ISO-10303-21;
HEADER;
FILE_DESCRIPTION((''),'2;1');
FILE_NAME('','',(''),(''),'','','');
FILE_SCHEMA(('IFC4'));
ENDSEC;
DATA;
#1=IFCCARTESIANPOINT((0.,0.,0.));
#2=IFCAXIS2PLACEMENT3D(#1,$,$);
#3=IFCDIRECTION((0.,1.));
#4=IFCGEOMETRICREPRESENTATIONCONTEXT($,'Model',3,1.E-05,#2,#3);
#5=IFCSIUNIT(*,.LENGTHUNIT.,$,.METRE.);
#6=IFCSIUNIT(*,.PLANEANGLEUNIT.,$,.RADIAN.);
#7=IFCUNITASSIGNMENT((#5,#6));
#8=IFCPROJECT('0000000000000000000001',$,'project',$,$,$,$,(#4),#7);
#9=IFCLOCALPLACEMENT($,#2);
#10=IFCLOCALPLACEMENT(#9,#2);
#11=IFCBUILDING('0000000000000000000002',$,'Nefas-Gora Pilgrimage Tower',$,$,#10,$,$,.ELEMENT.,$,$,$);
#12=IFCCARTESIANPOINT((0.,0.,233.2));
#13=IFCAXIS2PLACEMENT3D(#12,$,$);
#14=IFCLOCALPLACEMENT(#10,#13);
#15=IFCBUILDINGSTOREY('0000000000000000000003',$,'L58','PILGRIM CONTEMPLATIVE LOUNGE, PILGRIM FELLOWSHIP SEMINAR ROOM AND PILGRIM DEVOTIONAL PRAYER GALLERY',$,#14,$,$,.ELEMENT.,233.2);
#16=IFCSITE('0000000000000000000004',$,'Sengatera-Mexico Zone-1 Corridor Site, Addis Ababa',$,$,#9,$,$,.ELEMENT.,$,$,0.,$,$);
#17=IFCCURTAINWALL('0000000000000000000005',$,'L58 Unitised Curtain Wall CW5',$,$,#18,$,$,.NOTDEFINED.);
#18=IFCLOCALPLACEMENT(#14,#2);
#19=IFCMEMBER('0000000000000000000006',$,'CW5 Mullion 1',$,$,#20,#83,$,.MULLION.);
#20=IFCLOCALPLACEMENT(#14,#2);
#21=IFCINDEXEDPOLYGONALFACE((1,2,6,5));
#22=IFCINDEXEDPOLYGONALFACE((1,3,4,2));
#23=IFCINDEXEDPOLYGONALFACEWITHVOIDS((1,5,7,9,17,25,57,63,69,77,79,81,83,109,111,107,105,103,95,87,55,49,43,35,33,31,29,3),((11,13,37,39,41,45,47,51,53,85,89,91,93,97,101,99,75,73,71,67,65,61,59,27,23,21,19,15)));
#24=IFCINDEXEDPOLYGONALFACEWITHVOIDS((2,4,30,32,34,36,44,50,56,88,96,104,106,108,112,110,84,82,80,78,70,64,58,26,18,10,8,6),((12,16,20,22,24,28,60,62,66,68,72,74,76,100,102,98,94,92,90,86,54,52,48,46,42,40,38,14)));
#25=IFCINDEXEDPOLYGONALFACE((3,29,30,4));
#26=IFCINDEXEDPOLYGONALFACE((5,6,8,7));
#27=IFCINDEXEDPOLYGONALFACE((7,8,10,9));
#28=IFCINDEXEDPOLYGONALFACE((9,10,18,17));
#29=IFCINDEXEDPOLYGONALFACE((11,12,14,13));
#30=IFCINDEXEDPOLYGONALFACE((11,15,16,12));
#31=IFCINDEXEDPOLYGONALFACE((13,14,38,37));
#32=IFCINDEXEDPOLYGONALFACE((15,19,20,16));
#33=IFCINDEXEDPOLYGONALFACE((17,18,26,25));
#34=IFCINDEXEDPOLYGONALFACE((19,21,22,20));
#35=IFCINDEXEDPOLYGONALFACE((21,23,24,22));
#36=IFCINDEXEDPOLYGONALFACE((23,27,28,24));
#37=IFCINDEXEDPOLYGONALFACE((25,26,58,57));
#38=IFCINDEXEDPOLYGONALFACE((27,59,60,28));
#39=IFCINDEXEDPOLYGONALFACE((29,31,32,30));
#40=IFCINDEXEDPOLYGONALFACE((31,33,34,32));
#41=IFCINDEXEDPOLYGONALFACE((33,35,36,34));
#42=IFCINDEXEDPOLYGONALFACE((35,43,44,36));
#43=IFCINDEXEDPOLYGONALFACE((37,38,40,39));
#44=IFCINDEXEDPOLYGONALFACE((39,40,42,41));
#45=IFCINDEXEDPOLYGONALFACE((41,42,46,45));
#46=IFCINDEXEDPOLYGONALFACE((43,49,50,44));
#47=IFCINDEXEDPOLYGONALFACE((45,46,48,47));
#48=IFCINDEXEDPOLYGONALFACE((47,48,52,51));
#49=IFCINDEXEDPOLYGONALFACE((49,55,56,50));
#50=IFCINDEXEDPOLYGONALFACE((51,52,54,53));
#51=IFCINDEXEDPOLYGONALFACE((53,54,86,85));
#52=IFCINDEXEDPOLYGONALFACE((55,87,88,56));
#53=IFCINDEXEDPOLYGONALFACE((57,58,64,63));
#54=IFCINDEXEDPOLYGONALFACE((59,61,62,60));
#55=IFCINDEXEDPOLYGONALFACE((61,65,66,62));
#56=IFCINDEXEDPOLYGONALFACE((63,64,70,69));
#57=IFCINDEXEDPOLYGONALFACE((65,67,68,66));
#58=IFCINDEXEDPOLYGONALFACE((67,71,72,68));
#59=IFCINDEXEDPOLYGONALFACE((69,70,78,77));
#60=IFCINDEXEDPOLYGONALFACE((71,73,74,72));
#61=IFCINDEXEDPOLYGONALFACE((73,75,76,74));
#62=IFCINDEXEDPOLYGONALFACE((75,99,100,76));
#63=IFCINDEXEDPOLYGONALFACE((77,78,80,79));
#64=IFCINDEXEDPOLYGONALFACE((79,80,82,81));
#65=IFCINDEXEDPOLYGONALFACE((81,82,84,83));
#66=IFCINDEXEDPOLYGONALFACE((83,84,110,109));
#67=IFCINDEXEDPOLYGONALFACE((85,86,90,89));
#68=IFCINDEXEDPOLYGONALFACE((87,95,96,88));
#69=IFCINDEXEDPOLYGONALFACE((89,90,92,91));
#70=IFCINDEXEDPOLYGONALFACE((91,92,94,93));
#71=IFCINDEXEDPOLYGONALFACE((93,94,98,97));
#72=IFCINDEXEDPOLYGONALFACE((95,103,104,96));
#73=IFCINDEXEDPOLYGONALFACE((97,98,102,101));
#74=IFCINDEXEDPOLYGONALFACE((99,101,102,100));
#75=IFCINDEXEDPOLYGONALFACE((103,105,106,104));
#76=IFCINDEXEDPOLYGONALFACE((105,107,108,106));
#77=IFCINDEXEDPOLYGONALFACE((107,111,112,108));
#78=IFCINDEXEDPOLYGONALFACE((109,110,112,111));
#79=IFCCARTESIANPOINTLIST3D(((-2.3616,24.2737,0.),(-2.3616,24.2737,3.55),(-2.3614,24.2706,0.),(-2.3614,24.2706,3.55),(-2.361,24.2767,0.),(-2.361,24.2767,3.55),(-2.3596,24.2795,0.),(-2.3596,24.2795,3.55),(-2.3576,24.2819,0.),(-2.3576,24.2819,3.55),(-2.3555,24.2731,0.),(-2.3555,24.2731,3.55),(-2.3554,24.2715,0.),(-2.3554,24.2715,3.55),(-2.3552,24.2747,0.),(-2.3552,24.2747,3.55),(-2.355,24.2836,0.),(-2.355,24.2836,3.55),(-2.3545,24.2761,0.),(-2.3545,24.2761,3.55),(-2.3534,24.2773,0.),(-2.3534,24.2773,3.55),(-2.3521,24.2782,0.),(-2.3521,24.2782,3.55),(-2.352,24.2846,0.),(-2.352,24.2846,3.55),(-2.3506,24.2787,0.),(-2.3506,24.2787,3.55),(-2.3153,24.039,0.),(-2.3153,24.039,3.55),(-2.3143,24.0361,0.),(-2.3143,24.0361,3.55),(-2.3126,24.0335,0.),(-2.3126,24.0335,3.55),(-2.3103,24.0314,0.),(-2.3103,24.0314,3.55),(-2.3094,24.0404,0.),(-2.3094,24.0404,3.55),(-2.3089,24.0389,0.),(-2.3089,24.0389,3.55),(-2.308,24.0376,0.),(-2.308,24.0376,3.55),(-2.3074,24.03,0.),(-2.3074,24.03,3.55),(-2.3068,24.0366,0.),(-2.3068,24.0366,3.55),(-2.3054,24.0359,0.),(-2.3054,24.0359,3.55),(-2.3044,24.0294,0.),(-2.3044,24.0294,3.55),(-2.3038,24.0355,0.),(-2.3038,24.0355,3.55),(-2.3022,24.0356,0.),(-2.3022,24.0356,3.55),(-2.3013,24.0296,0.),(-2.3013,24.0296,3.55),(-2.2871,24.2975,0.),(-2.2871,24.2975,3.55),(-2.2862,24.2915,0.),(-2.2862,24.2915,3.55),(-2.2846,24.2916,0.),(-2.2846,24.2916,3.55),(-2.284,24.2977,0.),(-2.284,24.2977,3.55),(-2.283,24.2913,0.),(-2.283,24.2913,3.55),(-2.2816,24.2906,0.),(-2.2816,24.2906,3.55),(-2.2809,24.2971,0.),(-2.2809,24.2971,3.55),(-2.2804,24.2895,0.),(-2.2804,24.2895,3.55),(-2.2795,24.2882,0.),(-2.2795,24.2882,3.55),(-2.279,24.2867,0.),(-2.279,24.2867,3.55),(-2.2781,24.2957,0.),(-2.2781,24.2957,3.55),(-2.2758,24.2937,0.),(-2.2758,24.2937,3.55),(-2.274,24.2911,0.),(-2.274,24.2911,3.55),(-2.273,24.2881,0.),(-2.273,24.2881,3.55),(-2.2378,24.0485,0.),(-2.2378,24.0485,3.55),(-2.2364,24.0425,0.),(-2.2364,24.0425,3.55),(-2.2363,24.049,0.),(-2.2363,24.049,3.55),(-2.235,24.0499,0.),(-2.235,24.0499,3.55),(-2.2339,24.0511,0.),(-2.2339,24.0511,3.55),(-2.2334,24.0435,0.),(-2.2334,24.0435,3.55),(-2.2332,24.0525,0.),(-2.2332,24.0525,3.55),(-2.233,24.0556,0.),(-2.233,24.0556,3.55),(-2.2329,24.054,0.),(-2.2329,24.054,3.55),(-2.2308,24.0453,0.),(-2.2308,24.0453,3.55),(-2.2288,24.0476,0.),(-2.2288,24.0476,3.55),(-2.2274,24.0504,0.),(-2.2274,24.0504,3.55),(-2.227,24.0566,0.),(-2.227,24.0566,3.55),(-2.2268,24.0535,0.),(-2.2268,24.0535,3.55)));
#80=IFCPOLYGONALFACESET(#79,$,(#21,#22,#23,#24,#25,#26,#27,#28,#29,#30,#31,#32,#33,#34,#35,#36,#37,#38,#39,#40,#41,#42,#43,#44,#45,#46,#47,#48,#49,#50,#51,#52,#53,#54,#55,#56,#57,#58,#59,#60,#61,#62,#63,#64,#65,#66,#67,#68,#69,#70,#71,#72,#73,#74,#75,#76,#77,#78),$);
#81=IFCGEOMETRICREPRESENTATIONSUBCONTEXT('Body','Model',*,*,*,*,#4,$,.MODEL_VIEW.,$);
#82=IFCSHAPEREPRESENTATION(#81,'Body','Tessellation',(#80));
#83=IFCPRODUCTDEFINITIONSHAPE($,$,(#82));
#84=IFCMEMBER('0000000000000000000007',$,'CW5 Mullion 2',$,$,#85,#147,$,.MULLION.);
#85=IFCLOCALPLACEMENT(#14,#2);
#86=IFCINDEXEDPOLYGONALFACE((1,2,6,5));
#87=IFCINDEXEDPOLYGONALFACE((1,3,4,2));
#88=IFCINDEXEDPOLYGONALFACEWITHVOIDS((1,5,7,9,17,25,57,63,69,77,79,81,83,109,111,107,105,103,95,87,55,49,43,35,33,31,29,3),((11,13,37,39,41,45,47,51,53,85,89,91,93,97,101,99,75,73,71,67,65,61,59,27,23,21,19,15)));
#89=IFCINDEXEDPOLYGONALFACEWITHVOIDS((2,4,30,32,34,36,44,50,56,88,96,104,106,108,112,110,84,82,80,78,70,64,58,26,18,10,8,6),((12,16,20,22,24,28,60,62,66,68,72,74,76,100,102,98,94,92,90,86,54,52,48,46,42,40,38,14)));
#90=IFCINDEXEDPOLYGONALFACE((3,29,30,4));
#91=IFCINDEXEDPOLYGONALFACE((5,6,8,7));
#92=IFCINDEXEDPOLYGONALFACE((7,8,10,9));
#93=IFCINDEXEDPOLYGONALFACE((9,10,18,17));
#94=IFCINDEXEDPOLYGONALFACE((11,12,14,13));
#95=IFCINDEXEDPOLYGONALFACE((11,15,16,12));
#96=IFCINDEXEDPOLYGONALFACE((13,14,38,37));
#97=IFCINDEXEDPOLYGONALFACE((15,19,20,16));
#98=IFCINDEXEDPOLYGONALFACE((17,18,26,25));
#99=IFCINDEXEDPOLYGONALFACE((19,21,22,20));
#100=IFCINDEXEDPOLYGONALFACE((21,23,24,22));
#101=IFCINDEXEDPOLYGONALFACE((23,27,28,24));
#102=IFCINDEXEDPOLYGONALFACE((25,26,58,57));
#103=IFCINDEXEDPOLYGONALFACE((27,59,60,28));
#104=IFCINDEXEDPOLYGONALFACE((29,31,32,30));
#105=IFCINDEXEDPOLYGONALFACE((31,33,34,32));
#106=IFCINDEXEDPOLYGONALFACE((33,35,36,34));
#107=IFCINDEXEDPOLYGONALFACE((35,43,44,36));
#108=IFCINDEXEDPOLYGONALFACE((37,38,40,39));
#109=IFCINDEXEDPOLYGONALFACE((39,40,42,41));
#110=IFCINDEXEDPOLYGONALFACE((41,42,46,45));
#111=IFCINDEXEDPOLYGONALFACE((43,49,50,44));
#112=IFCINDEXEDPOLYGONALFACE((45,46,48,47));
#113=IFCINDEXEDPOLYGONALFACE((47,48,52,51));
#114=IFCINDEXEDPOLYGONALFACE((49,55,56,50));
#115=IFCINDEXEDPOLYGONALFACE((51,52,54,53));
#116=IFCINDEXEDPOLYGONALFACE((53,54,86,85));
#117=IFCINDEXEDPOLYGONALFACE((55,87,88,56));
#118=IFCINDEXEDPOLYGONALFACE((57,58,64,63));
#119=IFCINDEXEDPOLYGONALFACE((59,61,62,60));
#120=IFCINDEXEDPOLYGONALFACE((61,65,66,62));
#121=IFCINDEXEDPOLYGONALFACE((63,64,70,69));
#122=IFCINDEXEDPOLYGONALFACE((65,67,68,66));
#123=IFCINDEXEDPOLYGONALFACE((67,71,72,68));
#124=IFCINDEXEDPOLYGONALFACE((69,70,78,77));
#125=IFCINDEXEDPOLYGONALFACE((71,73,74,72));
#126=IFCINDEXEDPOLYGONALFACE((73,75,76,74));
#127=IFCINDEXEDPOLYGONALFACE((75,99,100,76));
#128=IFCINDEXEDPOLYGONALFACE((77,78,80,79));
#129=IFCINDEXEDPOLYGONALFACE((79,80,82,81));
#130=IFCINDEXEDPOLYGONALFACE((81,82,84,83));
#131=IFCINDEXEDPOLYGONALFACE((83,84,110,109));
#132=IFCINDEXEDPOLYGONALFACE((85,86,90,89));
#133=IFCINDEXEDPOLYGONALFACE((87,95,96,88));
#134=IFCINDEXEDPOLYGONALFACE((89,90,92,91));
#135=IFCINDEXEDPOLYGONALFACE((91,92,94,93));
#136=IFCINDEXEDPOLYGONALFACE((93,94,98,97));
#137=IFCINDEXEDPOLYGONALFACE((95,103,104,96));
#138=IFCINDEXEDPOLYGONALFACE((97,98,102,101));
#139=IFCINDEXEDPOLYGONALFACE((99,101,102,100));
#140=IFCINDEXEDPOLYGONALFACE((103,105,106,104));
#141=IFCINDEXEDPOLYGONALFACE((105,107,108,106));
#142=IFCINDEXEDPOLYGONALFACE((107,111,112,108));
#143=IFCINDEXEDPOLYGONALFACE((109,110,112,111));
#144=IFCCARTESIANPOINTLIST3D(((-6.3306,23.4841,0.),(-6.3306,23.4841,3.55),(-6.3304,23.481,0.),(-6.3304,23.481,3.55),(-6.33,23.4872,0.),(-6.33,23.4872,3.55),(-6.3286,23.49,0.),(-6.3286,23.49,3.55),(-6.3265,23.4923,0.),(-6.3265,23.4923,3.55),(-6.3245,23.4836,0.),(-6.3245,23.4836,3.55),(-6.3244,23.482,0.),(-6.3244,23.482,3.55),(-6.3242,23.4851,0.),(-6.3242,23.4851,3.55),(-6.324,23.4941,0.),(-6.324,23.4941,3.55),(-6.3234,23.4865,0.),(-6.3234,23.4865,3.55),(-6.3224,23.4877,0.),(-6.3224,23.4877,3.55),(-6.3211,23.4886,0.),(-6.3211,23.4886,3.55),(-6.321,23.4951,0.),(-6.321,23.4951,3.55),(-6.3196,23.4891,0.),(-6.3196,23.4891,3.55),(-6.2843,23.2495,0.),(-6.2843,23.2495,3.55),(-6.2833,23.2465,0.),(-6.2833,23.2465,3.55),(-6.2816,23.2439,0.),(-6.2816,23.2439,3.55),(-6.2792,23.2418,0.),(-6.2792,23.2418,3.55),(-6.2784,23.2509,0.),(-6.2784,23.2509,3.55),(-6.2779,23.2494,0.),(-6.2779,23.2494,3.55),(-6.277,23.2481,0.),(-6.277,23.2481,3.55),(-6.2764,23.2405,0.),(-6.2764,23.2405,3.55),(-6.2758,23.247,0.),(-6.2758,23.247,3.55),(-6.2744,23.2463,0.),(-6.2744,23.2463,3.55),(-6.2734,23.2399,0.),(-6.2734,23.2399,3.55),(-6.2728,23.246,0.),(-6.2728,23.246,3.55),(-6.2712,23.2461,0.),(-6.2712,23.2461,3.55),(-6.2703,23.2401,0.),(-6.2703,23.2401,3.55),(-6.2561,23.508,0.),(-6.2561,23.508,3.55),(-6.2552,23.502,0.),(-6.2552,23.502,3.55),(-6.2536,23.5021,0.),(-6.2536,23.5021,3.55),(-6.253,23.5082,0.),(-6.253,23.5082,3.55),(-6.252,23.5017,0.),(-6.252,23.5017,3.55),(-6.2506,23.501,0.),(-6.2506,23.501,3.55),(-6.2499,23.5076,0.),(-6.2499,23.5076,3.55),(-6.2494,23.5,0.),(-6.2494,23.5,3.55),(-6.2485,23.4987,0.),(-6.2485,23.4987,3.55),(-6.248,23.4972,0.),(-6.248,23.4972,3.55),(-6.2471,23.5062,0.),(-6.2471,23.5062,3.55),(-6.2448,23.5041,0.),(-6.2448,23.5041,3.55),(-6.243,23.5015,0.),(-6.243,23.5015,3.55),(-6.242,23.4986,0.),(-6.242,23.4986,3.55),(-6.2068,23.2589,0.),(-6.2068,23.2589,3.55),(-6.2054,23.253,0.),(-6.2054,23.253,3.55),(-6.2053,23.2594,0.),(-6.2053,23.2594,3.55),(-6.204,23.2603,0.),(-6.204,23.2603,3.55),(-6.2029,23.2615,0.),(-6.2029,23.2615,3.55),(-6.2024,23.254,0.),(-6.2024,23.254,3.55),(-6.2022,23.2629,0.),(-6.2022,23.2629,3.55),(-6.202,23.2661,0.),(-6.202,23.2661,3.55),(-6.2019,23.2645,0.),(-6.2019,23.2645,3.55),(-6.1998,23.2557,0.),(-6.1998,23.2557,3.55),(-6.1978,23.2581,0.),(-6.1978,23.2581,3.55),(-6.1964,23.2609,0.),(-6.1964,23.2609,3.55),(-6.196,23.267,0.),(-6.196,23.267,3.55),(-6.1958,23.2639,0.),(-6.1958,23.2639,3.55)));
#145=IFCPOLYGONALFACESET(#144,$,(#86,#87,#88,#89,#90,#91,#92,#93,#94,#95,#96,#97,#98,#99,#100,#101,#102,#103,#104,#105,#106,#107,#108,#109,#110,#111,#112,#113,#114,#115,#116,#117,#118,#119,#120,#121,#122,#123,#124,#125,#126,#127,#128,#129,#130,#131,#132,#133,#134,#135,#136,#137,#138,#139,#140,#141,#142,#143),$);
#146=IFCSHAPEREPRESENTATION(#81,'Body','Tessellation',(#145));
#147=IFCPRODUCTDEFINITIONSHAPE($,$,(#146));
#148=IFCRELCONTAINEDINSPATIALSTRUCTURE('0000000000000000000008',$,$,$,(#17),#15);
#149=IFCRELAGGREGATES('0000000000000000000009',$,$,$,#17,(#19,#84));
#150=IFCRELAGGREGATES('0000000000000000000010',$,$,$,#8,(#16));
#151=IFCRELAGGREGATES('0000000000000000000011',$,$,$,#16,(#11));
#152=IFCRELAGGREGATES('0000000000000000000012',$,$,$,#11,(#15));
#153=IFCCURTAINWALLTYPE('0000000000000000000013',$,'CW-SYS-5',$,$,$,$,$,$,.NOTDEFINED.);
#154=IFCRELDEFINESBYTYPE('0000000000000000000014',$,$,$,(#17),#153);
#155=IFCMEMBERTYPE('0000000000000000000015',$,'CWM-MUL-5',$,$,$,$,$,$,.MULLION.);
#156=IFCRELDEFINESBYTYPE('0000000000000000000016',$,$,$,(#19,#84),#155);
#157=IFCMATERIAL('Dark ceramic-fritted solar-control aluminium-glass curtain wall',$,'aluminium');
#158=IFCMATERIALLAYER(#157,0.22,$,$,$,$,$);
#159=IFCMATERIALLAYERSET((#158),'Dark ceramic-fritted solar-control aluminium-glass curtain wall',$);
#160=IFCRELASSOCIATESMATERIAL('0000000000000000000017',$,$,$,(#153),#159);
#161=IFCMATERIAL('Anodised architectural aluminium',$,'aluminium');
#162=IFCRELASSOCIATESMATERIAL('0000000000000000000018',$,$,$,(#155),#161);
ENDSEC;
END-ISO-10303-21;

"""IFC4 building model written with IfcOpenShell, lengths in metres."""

from ifc_helpers import new_model, si_unit, direction, frame, origin, origin_2d, place, context, subcontext, project, spatial, hollow_rectangle, extrude, source, transform, mapped, material, layer, layer_set, material_profile, profile_set, type_object, element, aggregate, save


model = new_model("IFC4")

# Units and contexts
model_context = context("Model", 3, precision=1e-05, world=origin(), true_north=direction((0.0, 1.0)))
body_context = subcontext(model_context, "Body", "Model", "MODEL_VIEW")
ifc_project = project(units=[si_unit("LENGTHUNIT", "METRE"), si_unit("PLANEANGLEUNIT", "RADIAN")], contexts=[model_context])

# Site, building, storey
site_placement = place(None, origin())
site = spatial("IfcSite", under=ifc_project, at=site_placement, Name="Sengatera-Mexico Zone-1 Corridor Site, Addis Ababa", CompositionType="ELEMENT", RefElevation=0.0)
building_placement = place(site_placement, origin())
building = spatial("IfcBuilding", under=site, at=building_placement, Name="Nefas-Gora Pilgrimage Tower", CompositionType="ELEMENT")
storey_placement = place(building_placement, frame((0.0, 0.0, 233.2)))
storey = spatial("IfcBuildingStorey", under=building, at=storey_placement, Name="L58", Description="PILGRIM CONTEMPLATIVE LOUNGE, PILGRIM FELLOWSHIP SEMINAR ROOM AND PILGRIM DEVOTIONAL PRAYER GALLERY", CompositionType="ELEMENT", Elevation=233.2)

# Curtain wall, members
ifc_material_1 = material(Name="Dark ceramic-fritted solar-control aluminium-glass curtain wall", Category="aluminium")
ifc_layer_1 = layer(ifc_material_1, 0.22)
ifc_layer_set_1 = layer_set([ifc_layer_1], Name="Dark ceramic-fritted solar-control aluminium-glass curtain wall")
curtain_wall_type = type_object("IfcCurtainWallType", Name="CW-SYS-5", PredefinedType="NOTDEFINED", material=ifc_layer_set_1)
curtain_wall_1_placement = place(storey_placement, origin())
curtain_wall_1 = element("IfcCurtainWall", 1, at=curtain_wall_1_placement, inside=storey, type_object=curtain_wall_type, Name="L58 Unitised Curtain Wall CW5", PredefinedType="NOTDEFINED")
ifc_material_2 = material(Name="Anodised architectural aluminium", Category="aluminium")
ifc_material_profile_1 = material_profile(ifc_material_2, hollow_rectangle(XDim=0.0901, YDim=0.26, WallThickness=0.0061, InnerFilletRadius=0.0061, OuterFilletRadius=0.012, at=origin_2d()), Name="ALU MULLION 90x260")
ifc_profile_set_1 = profile_set([ifc_material_profile_1], Name="Anodised architectural aluminium")
member_type_1 = type_object("IfcMemberType", Name="CWM-MUL-5", PredefinedType="MULLION", material=ifc_profile_set_1)
shared_shape_1 = source(origin(), body_context, "Body", "SweptSolid", [
    extrude(hollow_rectangle(XDim=0.0901, YDim=0.26, WallThickness=0.0061, InnerFilletRadius=0.0061, OuterFilletRadius=0.012, at=origin_2d()), origin(), (0.0, 0.0, 1.0), 3.55),
])
member_1_placement = place(storey_placement, frame((-2.2942, 24.1636, 0.0), z_axis=(0.0, 0.0, 1.0), x_axis=(-0.980783, -0.195102, 0.0)))
member_1 = element("IfcMember", 2, at=member_1_placement, type_object=member_type_1, Name="CW5 Mullion 1", PredefinedType="MULLION", context=body_context, shape_type="MappedRepresentation", body=[
    mapped(shared_shape_1, transform((0.0, 0.0, 0.0), x_axis=(1.0, 0.0, 0.0), y_axis=(0.0, 1.0, 0.0), z_axis=(0.0, 0.0, 1.0), scale=1.0)),
])
member_2_placement = place(storey_placement, frame((-6.2632, 23.374, 0.0), z_axis=(0.0, 0.0, 1.0), x_axis=(-0.980783, -0.195102, 0.0)))
member_2 = element("IfcMember", 3, at=member_2_placement, type_object=member_type_1, Name="CW5 Mullion 2", PredefinedType="MULLION", context=body_context, shape_type="MappedRepresentation", body=[
    mapped(shared_shape_1, transform((0.0, 0.0, 0.0), x_axis=(1.0, 0.0, 0.0), y_axis=(0.0, 1.0, 0.0), z_axis=(0.0, 0.0, 1.0), scale=1.0)),
])

aggregate(curtain_wall_1, [member_1, member_2])

save(model, "model.ifc")
